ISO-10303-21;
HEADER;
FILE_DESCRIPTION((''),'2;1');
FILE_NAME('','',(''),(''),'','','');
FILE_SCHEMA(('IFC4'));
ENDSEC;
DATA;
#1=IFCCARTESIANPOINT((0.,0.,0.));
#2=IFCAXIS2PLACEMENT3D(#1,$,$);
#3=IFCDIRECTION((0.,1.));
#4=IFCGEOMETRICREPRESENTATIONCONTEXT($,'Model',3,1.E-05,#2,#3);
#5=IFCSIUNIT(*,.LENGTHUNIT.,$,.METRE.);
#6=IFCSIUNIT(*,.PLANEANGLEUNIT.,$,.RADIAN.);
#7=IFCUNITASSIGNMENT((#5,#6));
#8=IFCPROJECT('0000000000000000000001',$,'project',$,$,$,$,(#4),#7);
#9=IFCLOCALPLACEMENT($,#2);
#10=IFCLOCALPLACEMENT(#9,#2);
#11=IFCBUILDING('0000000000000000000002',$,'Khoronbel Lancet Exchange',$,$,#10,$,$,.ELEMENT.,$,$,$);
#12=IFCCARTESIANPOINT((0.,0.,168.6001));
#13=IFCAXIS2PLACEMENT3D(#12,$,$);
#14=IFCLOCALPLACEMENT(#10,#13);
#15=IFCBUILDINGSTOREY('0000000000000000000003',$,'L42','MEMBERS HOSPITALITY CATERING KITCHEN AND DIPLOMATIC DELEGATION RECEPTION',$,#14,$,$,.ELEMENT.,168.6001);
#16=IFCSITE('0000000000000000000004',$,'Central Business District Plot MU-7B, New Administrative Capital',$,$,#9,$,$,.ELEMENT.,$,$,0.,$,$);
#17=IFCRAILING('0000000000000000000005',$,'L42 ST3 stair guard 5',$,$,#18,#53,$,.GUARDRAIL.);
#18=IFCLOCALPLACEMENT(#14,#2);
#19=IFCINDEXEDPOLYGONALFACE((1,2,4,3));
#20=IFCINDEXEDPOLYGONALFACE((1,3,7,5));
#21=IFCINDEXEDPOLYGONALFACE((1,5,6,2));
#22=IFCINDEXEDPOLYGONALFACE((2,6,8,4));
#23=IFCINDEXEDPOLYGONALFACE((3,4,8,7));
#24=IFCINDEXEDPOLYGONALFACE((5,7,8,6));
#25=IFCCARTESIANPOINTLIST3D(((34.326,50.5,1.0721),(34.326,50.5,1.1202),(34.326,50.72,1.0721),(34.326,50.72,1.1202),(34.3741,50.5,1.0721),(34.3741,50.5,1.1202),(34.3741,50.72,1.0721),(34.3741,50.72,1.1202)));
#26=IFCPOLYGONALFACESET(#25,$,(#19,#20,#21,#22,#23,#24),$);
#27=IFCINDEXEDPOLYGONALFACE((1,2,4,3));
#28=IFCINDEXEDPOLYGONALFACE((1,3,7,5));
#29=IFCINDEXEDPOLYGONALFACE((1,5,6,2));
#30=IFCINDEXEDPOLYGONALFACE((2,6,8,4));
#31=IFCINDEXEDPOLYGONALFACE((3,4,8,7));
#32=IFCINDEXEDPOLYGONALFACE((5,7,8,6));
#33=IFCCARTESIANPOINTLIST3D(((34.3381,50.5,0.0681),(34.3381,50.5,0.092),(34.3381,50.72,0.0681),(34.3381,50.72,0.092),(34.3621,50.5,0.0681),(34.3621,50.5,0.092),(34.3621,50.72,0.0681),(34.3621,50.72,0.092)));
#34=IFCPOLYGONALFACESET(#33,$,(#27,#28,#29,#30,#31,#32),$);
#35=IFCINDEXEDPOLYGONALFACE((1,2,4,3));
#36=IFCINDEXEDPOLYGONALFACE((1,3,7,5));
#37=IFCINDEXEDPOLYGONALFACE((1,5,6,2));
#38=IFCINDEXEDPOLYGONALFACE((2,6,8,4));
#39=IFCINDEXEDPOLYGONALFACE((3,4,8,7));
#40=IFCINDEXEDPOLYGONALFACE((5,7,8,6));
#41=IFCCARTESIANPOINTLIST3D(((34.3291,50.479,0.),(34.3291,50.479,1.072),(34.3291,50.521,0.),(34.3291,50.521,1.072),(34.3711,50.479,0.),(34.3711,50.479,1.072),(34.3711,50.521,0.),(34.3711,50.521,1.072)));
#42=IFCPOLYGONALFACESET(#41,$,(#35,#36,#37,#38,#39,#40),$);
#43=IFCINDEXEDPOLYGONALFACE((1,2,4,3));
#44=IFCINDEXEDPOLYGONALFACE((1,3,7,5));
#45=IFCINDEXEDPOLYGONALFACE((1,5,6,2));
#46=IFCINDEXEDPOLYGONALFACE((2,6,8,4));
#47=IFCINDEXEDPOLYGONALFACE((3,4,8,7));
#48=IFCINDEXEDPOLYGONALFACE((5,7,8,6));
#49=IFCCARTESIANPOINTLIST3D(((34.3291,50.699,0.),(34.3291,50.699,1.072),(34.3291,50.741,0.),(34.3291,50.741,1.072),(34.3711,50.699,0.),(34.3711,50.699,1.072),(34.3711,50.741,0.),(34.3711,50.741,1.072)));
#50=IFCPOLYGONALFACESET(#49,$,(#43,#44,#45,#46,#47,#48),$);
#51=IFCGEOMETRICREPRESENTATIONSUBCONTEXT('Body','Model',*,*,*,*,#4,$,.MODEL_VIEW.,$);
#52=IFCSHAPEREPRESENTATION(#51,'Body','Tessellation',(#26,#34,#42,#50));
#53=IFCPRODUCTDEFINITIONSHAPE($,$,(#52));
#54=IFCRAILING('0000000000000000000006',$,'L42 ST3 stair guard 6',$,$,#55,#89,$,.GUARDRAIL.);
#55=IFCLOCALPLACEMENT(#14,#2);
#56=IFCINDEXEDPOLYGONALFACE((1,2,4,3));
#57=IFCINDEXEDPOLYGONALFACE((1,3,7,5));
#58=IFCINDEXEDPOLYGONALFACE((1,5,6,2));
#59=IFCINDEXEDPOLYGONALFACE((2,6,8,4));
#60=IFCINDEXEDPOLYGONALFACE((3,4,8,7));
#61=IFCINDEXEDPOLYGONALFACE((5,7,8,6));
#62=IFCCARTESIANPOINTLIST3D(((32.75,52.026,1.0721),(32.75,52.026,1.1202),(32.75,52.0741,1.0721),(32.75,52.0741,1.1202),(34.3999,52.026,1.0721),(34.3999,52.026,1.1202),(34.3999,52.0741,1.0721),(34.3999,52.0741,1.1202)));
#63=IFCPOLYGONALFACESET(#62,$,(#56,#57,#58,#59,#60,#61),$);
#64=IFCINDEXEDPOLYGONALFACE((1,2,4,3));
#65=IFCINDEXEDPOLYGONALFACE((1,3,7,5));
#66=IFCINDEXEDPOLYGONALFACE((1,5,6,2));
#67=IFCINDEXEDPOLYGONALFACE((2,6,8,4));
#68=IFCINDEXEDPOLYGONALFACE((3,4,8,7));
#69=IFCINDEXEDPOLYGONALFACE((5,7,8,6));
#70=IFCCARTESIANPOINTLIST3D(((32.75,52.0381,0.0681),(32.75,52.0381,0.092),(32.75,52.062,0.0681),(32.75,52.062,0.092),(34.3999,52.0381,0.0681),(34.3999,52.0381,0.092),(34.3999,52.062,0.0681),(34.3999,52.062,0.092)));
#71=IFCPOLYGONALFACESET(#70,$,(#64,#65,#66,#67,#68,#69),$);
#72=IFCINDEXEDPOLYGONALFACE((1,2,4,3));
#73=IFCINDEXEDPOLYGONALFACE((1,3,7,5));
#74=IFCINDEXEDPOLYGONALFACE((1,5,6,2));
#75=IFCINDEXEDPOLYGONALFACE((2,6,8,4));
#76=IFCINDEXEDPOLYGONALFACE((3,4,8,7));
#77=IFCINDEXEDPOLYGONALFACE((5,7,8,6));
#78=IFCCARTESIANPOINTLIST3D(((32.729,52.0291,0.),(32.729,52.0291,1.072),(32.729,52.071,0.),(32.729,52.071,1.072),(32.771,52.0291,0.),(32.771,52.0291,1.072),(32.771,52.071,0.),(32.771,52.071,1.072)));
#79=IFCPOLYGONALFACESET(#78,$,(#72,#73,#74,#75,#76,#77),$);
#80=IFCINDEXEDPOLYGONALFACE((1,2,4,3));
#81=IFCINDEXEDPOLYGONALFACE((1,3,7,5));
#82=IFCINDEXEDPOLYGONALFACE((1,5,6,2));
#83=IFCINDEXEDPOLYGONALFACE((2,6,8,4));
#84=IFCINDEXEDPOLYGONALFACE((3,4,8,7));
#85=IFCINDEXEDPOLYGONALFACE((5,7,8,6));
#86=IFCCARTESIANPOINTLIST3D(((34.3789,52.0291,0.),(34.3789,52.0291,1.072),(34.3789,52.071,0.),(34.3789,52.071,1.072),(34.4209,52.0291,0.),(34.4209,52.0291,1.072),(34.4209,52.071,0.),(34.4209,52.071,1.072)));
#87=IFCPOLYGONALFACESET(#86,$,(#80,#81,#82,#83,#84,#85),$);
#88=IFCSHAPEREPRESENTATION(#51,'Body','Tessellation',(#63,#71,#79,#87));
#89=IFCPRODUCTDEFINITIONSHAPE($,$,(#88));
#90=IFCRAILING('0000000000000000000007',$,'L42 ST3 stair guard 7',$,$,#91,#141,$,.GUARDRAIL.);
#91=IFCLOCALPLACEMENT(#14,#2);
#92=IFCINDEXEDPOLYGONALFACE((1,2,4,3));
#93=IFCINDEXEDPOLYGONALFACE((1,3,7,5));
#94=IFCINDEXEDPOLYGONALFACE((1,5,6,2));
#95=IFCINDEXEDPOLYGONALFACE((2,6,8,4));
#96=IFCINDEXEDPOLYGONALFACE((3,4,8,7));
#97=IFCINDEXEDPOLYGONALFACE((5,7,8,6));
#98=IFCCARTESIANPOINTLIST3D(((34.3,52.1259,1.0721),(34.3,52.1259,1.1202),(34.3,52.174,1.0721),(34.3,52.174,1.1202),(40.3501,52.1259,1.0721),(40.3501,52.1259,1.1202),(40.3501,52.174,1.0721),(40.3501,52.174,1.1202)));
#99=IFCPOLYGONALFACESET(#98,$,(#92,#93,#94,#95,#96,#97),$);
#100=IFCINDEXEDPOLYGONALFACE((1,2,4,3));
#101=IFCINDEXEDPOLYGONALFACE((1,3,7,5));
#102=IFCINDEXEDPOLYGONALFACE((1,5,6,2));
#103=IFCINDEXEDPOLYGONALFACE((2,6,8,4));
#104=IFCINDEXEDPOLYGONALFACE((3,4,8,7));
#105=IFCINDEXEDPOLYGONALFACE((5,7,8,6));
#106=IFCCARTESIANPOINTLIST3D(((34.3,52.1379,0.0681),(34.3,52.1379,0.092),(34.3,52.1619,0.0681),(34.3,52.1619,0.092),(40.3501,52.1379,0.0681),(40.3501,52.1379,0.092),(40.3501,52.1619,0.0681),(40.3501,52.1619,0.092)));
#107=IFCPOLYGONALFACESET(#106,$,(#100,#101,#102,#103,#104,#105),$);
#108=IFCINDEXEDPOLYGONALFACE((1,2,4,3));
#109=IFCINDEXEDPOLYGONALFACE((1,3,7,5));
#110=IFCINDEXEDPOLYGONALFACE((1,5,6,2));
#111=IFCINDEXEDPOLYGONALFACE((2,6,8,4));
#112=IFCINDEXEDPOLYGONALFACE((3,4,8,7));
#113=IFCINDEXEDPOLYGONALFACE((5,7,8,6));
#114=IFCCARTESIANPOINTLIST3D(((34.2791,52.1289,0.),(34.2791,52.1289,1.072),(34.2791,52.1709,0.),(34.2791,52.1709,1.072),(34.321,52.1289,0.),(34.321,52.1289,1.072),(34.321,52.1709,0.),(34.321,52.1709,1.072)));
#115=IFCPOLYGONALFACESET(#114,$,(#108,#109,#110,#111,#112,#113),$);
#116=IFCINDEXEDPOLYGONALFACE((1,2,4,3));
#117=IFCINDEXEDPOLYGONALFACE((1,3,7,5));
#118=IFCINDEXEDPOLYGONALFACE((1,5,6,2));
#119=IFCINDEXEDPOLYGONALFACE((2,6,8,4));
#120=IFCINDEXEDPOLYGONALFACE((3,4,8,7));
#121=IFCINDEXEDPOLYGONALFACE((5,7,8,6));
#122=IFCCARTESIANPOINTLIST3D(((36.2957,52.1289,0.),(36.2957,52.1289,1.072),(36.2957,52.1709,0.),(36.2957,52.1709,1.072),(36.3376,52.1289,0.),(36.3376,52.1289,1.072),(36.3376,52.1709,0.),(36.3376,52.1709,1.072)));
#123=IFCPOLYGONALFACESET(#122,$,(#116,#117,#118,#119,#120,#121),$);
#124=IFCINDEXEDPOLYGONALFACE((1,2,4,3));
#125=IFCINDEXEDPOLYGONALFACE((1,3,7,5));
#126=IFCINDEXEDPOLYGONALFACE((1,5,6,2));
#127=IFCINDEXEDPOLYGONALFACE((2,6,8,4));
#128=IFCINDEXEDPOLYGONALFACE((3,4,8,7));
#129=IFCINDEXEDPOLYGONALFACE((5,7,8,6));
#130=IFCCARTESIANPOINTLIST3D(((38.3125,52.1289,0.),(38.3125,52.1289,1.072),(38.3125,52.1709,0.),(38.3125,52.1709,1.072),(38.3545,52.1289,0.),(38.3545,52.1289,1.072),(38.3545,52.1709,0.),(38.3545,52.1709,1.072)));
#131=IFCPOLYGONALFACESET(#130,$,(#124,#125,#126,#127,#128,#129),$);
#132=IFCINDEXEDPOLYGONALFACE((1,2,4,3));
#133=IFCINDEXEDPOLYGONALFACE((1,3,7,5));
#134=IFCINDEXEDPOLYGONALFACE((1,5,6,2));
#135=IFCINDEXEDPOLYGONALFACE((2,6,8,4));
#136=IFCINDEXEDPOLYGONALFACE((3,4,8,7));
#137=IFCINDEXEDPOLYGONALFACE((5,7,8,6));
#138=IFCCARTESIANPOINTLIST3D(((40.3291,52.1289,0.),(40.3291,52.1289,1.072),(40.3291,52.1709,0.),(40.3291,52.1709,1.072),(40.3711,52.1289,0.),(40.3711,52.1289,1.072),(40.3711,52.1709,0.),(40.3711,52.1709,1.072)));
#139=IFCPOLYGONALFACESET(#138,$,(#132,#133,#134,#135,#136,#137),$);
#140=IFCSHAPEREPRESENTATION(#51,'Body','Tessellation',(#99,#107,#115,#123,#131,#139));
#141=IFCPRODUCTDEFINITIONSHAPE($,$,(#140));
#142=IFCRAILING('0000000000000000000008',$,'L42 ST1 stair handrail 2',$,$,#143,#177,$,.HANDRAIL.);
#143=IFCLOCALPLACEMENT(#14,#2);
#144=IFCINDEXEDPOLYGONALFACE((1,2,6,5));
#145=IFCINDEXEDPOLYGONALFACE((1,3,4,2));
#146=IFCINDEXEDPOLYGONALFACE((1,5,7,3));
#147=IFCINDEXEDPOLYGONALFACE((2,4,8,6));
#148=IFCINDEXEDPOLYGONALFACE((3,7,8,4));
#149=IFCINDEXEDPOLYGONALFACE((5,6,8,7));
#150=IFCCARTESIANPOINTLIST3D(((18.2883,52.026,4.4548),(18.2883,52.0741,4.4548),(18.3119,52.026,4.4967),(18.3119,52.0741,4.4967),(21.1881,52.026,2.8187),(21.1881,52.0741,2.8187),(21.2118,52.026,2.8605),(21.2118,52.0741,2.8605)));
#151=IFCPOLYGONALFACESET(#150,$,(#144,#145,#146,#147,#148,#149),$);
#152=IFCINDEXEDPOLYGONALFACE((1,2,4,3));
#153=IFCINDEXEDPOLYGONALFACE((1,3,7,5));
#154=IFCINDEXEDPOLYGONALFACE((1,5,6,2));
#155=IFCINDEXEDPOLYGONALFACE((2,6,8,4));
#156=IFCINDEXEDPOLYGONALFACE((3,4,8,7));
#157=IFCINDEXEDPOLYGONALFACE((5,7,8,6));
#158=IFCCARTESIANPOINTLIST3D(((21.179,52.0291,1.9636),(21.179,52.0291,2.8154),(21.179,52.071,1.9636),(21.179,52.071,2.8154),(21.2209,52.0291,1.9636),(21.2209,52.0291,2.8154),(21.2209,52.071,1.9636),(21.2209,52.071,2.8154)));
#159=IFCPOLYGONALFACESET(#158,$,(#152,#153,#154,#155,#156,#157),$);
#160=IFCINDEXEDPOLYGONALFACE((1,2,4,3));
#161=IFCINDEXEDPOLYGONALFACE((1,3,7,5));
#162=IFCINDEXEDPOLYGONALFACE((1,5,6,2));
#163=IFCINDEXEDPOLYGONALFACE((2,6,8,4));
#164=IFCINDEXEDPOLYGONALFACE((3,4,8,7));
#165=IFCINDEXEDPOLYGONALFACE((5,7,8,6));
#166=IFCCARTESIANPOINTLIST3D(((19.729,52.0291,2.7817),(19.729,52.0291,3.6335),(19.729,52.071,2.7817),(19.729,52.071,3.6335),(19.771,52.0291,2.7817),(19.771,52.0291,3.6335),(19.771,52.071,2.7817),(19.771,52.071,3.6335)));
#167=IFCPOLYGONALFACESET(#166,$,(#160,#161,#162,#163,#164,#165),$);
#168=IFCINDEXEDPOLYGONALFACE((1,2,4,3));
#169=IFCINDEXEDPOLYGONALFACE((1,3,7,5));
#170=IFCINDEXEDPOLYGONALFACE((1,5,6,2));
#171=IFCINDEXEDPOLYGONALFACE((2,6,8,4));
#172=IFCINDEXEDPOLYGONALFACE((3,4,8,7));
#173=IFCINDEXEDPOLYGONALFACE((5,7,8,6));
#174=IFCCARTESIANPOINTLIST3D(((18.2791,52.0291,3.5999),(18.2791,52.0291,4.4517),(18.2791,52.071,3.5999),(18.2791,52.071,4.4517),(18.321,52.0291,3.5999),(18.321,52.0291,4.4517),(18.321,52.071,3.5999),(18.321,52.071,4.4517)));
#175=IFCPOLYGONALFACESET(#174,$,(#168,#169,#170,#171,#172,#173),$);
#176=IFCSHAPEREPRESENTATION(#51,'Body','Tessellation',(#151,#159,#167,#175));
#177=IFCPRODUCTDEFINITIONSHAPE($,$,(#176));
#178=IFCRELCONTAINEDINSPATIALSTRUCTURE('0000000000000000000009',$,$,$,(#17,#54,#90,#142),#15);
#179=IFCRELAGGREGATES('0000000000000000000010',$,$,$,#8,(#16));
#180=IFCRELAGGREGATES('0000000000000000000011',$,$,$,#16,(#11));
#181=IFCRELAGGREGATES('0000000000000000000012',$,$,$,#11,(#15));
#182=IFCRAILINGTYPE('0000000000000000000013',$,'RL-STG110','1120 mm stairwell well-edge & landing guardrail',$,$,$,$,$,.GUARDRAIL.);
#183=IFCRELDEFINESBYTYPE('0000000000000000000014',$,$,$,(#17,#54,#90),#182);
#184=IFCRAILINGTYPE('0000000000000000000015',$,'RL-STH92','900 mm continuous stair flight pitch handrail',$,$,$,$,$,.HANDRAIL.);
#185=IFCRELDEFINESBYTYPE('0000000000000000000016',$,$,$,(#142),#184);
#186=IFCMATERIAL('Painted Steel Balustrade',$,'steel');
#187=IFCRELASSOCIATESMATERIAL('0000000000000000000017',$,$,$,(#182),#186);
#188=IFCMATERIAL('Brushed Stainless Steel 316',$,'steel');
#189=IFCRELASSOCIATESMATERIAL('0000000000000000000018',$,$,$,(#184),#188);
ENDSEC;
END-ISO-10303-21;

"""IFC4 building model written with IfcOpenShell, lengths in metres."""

from ifc_helpers import new_model, si_unit, direction, frame, origin, origin_2d, place, context, subcontext, project, spatial, rectangle, extrude, material, type_object, element, save


model = new_model("IFC4")

# Units and contexts
model_context = context("Model", 3, precision=1e-05, world=origin(), true_north=direction((0.0, 1.0)))
body_context = subcontext(model_context, "Body", "Model", "MODEL_VIEW")
ifc_project = project(units=[si_unit("LENGTHUNIT", "METRE"), si_unit("PLANEANGLEUNIT", "RADIAN")], contexts=[model_context])

# Site, building, storey
site_placement = place(None, origin())
site = spatial("IfcSite", under=ifc_project, at=site_placement, Name="Central Business District Plot MU-7B, New Administrative Capital", CompositionType="ELEMENT", RefElevation=0.0)
building_placement = place(site_placement, origin())
building = spatial("IfcBuilding", under=site, at=building_placement, Name="Khoronbel Lancet Exchange", CompositionType="ELEMENT")
storey_placement = place(building_placement, frame((0.0, 0.0, 168.6001)))
storey = spatial("IfcBuildingStorey", under=building, at=storey_placement, Name="L42", Description="MEMBERS HOSPITALITY CATERING KITCHEN AND DIPLOMATIC DELEGATION RECEPTION", CompositionType="ELEMENT", Elevation=168.6001)

# Railings
ifc_material_1 = material(Name="Painted Steel Balustrade", Category="steel")
railing_type_1 = type_object("IfcRailingType", Name="RL-STG110", Description="1120 mm stairwell well-edge & landing guardrail", PredefinedType="GUARDRAIL", material=ifc_material_1)
railing_1_placement = place(storey_placement, frame((34.3501, 50.5, 0.0)))
element("IfcRailing", 1, at=railing_1_placement, inside=storey, type_object=railing_type_1, Name="L42 ST3 stair guard 5", PredefinedType="GUARDRAIL", context=body_context, shape_type="SweptSolid", body=[
    extrude(rectangle(XDim=0.0481, YDim=0.0481, at=origin_2d()), frame((0.0, 0.0, 1.0962), z_axis=(0.0, 1.0, 0.0), x_axis=(-1.0, 0.0, 0.0)), (0.0, 0.0, 1.0), 0.22),
    extrude(rectangle(XDim=0.0239, YDim=0.0239, at=origin_2d()), frame((0.0, 0.0, 0.0801), z_axis=(0.0, 1.0, 0.0), x_axis=(-1.0, 0.0, 0.0)), (0.0, 0.0, 1.0), 0.22),
    extrude(rectangle(XDim=0.042, YDim=0.042, at=origin_2d()), origin(), (0.0, 0.0, 1.0), 1.072),
    extrude(rectangle(XDim=0.042, YDim=0.042, at=origin_2d()), frame((0.0, 0.22, 0.0)), (0.0, 0.0, 1.0), 1.072),
])
railing_2_placement = place(storey_placement, frame((32.75, 52.05, 0.0)))
element("IfcRailing", 2, at=railing_2_placement, inside=storey, type_object=railing_type_1, Name="L42 ST3 stair guard 6", PredefinedType="GUARDRAIL", context=body_context, shape_type="SweptSolid", body=[
    extrude(rectangle(XDim=0.0481, YDim=0.0481, at=origin_2d()), frame((0.0, 0.0, 1.0962), z_axis=(1.0, 0.0, 0.0), x_axis=(0.0, 1.0, 0.0)), (0.0, 0.0, 1.0), 1.6499),
    extrude(rectangle(XDim=0.0239, YDim=0.0239, at=origin_2d()), frame((0.0, 0.0, 0.0801), z_axis=(1.0, 0.0, 0.0), x_axis=(0.0, 1.0, 0.0)), (0.0, 0.0, 1.0), 1.6499),
    extrude(rectangle(XDim=0.042, YDim=0.042, at=origin_2d()), origin(), (0.0, 0.0, 1.0), 1.072),
    extrude(rectangle(XDim=0.042, YDim=0.042, at=origin_2d()), frame((1.6499, 0.0, 0.0)), (0.0, 0.0, 1.0), 1.072),
])
railing_3_placement = place(storey_placement, frame((34.3, 52.1499, 0.0)))
element("IfcRailing", 3, at=railing_3_placement, inside=storey, type_object=railing_type_1, Name="L42 ST3 stair guard 7", PredefinedType="GUARDRAIL", context=body_context, shape_type="SweptSolid", body=[
    extrude(rectangle(XDim=0.0481, YDim=0.0481, at=origin_2d()), frame((0.0, 0.0, 1.0962), z_axis=(1.0, 0.0, 0.0), x_axis=(0.0, 1.0, 0.0)), (0.0, 0.0, 1.0), 6.05),
    extrude(rectangle(XDim=0.0239, YDim=0.0239, at=origin_2d()), frame((0.0, 0.0, 0.0801), z_axis=(1.0, 0.0, 0.0), x_axis=(0.0, 1.0, 0.0)), (0.0, 0.0, 1.0), 6.05),
    extrude(rectangle(XDim=0.042, YDim=0.042, at=origin_2d()), origin(), (0.0, 0.0, 1.0), 1.072),
    extrude(rectangle(XDim=0.042, YDim=0.042, at=origin_2d()), frame((2.0166, 0.0, 0.0)), (0.0, 0.0, 1.0), 1.072),
    extrude(rectangle(XDim=0.042, YDim=0.042, at=origin_2d()), frame((4.0334, 0.0, 0.0)), (0.0, 0.0, 1.0), 1.072),
    extrude(rectangle(XDim=0.042, YDim=0.042, at=origin_2d()), frame((6.05, 0.0, 0.0)), (0.0, 0.0, 1.0), 1.072),
])
ifc_material_2 = material(Name="Brushed Stainless Steel 316", Category="steel")
railing_type_2 = type_object("IfcRailingType", Name="RL-STH92", Description="900 mm continuous stair flight pitch handrail", PredefinedType="HANDRAIL", material=ifc_material_2)
railing_4_placement = place(storey_placement, frame((21.2, 52.05, 1.9636)))
element("IfcRailing", 4, at=railing_4_placement, inside=storey, type_object=railing_type_2, Name="L42 ST1 stair handrail 2", PredefinedType="HANDRAIL", context=body_context, shape_type="SweptSolid", body=[
    extrude(rectangle(XDim=0.0481, YDim=0.0481, at=origin_2d()), frame((0.0, 0.0, 0.876), z_axis=(-0.870929, 0.0, 0.49141), x_axis=(0.0, -1.0, 0.0)), (0.0, 0.0, 1.0), 3.3296),
    extrude(rectangle(XDim=0.042, YDim=0.042, at=origin_2d()), origin(), (0.0, 0.0, 1.0), 0.8518),
    extrude(rectangle(XDim=0.042, YDim=0.042, at=origin_2d()), frame((-1.45, 0.0, 0.8181)), (0.0, 0.0, 1.0), 0.8518),
    extrude(rectangle(XDim=0.042, YDim=0.042, at=origin_2d()), frame((-2.8999, 0.0, 1.6362)), (0.0, 0.0, 1.0), 0.8518),
])

save(model, "model.ifc")
